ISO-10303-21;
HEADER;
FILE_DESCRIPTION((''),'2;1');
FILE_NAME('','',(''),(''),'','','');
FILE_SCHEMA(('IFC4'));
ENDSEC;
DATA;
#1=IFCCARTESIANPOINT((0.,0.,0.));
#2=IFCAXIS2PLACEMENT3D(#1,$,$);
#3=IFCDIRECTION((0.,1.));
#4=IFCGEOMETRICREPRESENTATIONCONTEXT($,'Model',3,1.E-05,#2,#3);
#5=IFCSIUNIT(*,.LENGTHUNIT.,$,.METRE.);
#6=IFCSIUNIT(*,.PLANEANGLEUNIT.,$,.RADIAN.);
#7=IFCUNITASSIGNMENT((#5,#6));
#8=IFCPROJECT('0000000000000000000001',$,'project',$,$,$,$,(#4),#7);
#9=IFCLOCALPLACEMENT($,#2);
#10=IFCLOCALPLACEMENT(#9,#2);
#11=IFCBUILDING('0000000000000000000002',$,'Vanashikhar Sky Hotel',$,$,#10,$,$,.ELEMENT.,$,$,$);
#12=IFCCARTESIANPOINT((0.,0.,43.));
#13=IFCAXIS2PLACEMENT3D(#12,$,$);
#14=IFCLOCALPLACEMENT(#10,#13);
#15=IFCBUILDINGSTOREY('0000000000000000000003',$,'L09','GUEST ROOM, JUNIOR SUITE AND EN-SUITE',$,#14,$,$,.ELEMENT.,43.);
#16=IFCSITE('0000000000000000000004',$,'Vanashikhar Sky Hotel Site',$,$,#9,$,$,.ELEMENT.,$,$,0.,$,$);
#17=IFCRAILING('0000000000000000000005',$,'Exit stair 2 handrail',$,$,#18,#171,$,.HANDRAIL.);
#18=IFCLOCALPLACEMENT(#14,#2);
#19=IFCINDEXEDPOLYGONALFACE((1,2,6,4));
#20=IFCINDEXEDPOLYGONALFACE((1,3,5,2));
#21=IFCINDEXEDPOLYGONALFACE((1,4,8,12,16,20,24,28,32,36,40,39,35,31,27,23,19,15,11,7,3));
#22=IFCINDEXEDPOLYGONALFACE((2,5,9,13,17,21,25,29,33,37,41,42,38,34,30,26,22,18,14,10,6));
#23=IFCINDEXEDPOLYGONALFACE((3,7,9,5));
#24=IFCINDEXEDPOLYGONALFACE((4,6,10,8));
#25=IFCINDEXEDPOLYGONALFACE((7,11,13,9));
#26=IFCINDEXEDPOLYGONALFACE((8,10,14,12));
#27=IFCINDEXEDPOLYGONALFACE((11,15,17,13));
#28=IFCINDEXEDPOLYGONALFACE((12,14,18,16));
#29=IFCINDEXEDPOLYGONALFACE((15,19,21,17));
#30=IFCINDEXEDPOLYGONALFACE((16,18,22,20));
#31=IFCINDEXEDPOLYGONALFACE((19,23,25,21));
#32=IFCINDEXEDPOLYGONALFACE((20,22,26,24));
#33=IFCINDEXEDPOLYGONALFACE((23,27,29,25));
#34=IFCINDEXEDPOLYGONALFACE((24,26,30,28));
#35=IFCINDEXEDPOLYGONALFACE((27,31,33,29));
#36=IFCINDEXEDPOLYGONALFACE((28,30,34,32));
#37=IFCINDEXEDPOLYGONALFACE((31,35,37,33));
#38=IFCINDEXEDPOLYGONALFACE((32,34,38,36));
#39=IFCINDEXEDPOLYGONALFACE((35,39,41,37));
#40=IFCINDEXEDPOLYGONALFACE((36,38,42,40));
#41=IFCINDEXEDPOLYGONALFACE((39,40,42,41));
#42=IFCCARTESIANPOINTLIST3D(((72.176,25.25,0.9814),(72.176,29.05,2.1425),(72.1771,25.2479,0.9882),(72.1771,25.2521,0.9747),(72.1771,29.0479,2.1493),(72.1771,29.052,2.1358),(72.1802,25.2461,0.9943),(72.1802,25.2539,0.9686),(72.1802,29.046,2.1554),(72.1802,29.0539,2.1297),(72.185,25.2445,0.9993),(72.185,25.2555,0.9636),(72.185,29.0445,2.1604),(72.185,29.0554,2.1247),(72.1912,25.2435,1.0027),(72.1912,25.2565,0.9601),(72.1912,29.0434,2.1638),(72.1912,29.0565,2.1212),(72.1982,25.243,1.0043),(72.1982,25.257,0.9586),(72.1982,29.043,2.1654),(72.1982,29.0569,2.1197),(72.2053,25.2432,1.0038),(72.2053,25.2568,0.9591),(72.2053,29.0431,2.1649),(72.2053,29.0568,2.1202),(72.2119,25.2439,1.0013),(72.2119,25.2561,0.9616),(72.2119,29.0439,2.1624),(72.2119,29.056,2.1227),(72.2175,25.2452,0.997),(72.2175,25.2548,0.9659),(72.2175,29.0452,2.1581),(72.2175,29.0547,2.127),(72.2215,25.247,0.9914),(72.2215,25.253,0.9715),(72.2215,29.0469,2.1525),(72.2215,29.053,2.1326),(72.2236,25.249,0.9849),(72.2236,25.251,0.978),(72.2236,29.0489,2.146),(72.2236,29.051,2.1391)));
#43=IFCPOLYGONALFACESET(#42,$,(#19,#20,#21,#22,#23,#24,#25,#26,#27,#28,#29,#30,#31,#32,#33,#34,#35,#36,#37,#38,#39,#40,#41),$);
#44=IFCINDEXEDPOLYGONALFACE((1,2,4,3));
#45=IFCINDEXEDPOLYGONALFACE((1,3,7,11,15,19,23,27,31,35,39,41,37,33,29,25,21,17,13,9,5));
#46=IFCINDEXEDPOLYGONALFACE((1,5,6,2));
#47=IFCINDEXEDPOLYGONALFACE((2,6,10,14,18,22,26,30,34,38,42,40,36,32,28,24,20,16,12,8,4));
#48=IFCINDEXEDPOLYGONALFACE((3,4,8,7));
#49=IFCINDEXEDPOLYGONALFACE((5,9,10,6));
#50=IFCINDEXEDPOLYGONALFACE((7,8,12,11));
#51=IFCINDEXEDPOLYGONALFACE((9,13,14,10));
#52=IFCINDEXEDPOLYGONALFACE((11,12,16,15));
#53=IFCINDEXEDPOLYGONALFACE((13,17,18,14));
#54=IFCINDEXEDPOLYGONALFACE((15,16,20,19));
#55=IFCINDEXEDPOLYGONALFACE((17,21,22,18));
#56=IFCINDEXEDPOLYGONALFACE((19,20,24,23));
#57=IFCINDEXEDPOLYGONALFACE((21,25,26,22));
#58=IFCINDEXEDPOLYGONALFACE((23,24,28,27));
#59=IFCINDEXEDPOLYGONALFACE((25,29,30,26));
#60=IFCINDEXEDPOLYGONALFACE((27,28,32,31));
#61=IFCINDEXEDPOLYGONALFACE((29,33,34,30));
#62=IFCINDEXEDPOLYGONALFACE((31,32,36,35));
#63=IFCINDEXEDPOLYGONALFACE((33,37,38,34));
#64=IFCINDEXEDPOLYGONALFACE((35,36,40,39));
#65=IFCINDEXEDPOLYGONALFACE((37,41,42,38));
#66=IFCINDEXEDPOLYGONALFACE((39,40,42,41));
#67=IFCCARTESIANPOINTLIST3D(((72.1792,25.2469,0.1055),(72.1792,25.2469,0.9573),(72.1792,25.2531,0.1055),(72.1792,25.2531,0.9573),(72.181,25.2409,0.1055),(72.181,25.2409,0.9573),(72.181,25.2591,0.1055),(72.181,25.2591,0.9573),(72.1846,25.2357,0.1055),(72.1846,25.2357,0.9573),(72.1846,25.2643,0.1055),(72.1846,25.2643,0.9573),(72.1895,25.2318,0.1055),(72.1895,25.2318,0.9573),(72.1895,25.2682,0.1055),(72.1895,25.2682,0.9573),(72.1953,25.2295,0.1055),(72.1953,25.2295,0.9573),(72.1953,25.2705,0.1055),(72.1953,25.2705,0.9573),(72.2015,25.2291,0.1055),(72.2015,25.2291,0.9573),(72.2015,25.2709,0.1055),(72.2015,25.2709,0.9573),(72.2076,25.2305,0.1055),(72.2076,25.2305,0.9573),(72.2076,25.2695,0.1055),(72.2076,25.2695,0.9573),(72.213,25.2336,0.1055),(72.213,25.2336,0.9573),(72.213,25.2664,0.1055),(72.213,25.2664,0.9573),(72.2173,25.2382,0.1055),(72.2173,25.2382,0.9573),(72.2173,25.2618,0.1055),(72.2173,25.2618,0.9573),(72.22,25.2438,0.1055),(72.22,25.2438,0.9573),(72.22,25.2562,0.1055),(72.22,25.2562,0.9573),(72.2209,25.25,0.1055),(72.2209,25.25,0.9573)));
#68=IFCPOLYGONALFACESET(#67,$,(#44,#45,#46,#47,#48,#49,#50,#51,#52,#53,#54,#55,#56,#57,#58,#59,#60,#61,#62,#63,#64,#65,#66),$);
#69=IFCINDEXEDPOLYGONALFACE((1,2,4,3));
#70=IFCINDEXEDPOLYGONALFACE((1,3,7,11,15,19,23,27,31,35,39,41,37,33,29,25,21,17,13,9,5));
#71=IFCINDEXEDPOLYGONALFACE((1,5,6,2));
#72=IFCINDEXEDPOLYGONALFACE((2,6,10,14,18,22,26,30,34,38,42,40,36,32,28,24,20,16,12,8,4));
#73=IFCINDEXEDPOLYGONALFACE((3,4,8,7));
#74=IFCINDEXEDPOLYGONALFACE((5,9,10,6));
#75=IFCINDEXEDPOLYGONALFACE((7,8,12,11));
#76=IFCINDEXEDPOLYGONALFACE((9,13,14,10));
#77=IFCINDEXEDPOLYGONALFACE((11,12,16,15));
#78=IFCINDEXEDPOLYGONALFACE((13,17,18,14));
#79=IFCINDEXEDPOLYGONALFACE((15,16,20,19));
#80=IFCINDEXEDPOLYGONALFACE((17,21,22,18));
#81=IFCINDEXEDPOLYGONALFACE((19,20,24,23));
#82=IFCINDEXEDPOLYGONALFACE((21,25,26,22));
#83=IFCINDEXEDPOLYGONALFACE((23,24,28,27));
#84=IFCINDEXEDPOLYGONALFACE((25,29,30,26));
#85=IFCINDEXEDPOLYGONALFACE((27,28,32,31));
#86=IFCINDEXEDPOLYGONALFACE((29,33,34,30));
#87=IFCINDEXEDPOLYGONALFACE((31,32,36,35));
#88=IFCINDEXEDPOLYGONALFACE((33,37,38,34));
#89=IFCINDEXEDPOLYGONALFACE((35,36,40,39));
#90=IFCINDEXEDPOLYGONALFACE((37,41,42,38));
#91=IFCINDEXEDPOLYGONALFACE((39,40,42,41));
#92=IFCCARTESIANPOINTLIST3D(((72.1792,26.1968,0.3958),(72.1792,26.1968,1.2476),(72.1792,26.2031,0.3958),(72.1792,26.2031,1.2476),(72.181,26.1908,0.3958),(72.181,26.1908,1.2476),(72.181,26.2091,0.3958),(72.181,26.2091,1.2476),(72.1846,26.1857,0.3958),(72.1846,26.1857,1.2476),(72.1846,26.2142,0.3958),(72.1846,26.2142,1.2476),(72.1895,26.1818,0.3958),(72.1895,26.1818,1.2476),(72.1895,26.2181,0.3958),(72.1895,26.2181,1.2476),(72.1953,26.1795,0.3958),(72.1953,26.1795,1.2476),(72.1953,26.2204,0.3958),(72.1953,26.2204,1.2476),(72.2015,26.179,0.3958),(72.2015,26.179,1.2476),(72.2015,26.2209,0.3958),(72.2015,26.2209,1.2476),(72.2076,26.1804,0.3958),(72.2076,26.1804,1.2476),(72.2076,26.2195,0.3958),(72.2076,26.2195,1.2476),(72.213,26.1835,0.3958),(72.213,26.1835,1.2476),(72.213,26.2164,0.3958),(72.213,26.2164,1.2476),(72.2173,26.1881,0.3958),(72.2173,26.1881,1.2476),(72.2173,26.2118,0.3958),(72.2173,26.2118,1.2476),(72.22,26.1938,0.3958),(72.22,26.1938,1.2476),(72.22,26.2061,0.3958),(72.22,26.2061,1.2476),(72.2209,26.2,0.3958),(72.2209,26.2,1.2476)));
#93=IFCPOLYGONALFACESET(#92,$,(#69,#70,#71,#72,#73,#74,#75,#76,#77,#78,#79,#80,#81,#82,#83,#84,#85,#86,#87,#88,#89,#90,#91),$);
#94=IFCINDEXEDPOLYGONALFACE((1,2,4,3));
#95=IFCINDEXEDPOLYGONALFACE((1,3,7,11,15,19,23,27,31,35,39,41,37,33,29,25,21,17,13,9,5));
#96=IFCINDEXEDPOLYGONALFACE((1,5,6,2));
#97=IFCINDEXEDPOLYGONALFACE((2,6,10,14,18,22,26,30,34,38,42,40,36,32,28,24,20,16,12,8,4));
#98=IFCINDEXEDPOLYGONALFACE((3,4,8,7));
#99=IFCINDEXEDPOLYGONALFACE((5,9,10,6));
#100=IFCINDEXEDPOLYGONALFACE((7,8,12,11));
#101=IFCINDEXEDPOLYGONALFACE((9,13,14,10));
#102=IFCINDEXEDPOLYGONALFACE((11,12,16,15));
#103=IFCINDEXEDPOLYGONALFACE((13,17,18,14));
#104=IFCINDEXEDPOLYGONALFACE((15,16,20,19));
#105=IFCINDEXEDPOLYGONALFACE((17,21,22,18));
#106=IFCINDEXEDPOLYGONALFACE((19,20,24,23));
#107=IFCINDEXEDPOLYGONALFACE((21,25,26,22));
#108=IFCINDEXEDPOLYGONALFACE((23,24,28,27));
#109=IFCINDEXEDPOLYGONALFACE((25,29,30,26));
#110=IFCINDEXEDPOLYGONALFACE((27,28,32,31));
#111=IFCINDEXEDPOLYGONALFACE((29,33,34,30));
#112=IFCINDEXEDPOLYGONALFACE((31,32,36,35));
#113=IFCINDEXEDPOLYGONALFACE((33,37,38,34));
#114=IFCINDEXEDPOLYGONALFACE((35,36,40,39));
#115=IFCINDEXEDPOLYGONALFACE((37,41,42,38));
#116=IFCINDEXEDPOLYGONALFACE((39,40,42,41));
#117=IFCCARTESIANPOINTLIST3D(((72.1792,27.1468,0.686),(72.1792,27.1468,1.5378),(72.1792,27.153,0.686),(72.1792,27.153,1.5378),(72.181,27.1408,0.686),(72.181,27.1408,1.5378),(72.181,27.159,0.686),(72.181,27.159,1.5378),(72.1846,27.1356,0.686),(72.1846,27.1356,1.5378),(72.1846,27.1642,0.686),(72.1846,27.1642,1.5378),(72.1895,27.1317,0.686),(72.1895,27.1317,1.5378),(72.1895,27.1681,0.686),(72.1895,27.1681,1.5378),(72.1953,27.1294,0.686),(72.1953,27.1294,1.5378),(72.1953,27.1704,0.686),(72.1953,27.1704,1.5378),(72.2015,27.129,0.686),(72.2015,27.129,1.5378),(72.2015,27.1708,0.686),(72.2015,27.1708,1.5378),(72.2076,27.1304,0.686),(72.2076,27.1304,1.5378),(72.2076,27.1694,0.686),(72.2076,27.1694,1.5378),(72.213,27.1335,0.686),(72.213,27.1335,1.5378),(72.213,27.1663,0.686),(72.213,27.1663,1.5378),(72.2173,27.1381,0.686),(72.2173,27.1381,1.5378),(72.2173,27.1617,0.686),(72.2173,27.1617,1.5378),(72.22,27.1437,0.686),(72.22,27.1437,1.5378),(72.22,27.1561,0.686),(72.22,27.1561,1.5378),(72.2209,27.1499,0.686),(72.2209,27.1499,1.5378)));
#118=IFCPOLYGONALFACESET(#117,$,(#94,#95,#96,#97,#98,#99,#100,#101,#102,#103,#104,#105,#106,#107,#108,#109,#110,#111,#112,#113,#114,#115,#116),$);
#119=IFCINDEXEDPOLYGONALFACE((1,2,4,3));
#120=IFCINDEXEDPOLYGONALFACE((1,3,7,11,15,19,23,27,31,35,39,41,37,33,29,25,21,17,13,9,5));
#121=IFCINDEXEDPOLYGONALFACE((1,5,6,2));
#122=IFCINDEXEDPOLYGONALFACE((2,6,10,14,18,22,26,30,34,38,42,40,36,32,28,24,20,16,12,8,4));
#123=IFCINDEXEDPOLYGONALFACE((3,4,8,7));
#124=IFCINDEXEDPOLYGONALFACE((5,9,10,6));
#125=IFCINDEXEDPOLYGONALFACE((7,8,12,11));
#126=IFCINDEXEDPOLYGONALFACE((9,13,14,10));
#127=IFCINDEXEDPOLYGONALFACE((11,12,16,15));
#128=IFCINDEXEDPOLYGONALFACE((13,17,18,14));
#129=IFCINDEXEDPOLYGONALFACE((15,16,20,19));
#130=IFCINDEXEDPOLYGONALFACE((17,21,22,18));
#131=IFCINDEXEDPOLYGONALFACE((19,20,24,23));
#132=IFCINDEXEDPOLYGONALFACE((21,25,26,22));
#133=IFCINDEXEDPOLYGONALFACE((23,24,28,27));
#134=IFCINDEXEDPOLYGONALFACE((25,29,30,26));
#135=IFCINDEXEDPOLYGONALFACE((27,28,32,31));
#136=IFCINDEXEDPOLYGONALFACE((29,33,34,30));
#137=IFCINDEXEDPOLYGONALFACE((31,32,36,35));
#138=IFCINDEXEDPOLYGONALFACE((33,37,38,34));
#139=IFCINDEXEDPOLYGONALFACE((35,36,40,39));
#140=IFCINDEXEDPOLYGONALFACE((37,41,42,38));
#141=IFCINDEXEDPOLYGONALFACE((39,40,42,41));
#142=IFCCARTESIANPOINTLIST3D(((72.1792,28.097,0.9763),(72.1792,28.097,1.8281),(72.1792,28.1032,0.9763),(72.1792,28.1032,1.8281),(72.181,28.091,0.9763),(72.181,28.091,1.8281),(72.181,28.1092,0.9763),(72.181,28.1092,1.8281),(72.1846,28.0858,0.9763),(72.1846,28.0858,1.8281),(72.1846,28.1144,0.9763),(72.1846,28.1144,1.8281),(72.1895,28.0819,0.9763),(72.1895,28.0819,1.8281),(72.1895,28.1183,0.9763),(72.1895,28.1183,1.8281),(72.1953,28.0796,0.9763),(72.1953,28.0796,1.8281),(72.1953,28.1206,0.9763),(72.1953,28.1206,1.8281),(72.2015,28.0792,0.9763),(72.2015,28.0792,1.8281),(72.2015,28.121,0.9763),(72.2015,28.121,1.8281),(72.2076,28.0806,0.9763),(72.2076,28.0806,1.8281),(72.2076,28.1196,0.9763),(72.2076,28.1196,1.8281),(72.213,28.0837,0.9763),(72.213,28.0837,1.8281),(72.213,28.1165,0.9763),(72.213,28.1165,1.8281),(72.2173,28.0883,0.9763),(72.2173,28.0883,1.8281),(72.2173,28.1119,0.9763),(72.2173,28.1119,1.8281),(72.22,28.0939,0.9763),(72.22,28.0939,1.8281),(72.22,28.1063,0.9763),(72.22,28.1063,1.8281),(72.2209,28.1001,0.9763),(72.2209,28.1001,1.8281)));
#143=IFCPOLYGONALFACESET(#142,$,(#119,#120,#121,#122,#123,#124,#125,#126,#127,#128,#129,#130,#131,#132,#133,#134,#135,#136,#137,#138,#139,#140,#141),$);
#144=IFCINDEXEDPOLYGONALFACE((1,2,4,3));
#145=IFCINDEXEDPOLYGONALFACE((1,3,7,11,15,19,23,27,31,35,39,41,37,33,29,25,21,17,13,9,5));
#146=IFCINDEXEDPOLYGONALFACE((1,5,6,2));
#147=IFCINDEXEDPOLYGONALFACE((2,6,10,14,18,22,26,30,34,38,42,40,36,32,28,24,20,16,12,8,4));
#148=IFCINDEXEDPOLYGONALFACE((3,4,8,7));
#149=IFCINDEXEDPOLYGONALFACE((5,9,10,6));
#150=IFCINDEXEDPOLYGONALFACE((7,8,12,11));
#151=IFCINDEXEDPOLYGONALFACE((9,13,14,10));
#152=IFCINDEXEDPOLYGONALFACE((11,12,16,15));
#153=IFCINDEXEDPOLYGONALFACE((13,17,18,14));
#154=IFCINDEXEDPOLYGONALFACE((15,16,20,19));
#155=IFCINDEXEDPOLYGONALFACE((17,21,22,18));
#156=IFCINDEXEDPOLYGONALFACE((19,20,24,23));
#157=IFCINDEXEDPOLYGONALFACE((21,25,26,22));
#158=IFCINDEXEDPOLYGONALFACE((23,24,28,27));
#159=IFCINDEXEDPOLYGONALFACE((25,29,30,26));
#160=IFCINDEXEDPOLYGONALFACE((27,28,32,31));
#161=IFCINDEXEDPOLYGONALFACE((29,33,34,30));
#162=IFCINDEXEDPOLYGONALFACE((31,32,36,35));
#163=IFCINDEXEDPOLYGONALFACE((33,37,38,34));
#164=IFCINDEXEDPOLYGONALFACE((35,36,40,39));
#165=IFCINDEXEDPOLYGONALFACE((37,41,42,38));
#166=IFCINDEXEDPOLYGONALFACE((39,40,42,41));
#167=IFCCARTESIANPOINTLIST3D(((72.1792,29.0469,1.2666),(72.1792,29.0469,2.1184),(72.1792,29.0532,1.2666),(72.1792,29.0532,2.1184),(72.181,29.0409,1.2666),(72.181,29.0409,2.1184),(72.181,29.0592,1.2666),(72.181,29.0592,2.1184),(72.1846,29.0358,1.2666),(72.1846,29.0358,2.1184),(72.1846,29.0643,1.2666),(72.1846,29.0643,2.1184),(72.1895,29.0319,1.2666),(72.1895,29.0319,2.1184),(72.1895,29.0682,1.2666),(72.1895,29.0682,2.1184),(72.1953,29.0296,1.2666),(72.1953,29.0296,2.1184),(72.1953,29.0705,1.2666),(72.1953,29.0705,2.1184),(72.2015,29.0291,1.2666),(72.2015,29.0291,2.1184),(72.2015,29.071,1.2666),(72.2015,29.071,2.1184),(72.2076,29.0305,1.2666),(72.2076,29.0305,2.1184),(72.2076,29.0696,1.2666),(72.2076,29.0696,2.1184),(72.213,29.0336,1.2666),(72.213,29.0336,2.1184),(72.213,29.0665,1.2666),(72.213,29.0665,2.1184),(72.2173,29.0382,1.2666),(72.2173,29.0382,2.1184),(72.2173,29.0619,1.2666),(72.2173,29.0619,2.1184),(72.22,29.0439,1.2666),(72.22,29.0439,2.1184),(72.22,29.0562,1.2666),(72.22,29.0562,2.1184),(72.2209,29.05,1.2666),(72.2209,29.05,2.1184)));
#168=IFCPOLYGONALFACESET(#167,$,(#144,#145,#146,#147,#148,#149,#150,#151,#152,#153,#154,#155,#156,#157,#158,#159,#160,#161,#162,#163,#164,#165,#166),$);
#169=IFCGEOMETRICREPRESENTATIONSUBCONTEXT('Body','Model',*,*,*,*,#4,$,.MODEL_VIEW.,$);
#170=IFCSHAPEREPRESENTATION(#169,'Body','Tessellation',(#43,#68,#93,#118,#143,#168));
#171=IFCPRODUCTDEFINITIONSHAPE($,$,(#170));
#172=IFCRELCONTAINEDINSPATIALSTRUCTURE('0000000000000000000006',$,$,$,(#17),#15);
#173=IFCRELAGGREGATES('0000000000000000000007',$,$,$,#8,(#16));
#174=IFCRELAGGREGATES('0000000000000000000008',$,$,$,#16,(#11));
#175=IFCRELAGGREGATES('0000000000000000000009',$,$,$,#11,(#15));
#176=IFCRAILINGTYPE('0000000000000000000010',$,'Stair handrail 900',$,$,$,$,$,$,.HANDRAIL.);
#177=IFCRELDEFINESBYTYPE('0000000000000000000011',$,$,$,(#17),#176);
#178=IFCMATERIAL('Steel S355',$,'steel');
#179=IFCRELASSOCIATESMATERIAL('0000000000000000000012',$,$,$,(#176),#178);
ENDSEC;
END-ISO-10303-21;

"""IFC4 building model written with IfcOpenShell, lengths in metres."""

from ifc_helpers import new_model, si_unit, direction, frame, origin, origin_2d, place, context, subcontext, project, spatial, circle, extrude, source, transform, mapped, material, type_object, element, save


model = new_model("IFC4")

# Units and contexts
model_context = context("Model", 3, precision=1e-05, world=origin(), true_north=direction((0.0, 1.0)))
body_context = subcontext(model_context, "Body", "Model", "MODEL_VIEW")
ifc_project = project(units=[si_unit("LENGTHUNIT", "METRE"), si_unit("PLANEANGLEUNIT", "RADIAN")], contexts=[model_context])

# Site, building, storey
site_placement = place(None, origin())
site = spatial("IfcSite", under=ifc_project, at=site_placement, Name="Vanashikhar Sky Hotel Site", CompositionType="ELEMENT", RefElevation=0.0)
building_placement = place(site_placement, origin())
building = spatial("IfcBuilding", under=site, at=building_placement, Name="Vanashikhar Sky Hotel", CompositionType="ELEMENT")
storey_placement = place(building_placement, frame((0.0, 0.0, 43.0)))
storey = spatial("IfcBuildingStorey", under=building, at=storey_placement, Name="L09", Description="GUEST ROOM, JUNIOR SUITE AND EN-SUITE", CompositionType="ELEMENT", Elevation=43.0)

# Railing
ifc_material_1 = material(Name="Steel S355", Category="steel")
railing_type_1 = type_object("IfcRailingType", Name="Stair handrail 900", PredefinedType="HANDRAIL", material=ifc_material_1)
shared_shape_1 = source(origin(), body_context, "Body", "SweptSolid", [
    extrude(circle(Radius=0.0239, at=origin_2d()), frame((0.0, 0.0, 0.876), z_axis=(0.0, 0.956351, 0.29222), x_axis=(-1.0, 0.0, 0.0)), (0.0, 0.0, 1.0), 3.9734),
    extrude(circle(Radius=0.021, at=origin_2d()), origin(), (0.0, 0.0, 1.0), 0.8518),
    extrude(circle(Radius=0.021, at=origin_2d()), frame((0.0, 0.95, 0.2903)), (0.0, 0.0, 1.0), 0.8518),
    extrude(circle(Radius=0.021, at=origin_2d()), frame((0.0, 1.8999, 0.5806)), (0.0, 0.0, 1.0), 0.8518),
    extrude(circle(Radius=0.021, at=origin_2d()), frame((0.0, 2.8501, 0.8708)), (0.0, 0.0, 1.0), 0.8518),
    extrude(circle(Radius=0.021, at=origin_2d()), frame((0.0, 3.8, 1.1611)), (0.0, 0.0, 1.0), 0.8518),
])
for number, where, name in (
    (1, (72.2, 25.25, 0.1055), "Exit stair 2 handrail"),
):
    element("IfcRailing", number, at=place(storey_placement, frame(where)), inside=storey, type_object=railing_type_1, Name=name, PredefinedType="HANDRAIL", context=body_context, shape_type="MappedRepresentation", body=[
        mapped(shared_shape_1, transform((0.0, 0.0, 0.0), scale=1.0)),
    ])

save(model, "model.ifc")
